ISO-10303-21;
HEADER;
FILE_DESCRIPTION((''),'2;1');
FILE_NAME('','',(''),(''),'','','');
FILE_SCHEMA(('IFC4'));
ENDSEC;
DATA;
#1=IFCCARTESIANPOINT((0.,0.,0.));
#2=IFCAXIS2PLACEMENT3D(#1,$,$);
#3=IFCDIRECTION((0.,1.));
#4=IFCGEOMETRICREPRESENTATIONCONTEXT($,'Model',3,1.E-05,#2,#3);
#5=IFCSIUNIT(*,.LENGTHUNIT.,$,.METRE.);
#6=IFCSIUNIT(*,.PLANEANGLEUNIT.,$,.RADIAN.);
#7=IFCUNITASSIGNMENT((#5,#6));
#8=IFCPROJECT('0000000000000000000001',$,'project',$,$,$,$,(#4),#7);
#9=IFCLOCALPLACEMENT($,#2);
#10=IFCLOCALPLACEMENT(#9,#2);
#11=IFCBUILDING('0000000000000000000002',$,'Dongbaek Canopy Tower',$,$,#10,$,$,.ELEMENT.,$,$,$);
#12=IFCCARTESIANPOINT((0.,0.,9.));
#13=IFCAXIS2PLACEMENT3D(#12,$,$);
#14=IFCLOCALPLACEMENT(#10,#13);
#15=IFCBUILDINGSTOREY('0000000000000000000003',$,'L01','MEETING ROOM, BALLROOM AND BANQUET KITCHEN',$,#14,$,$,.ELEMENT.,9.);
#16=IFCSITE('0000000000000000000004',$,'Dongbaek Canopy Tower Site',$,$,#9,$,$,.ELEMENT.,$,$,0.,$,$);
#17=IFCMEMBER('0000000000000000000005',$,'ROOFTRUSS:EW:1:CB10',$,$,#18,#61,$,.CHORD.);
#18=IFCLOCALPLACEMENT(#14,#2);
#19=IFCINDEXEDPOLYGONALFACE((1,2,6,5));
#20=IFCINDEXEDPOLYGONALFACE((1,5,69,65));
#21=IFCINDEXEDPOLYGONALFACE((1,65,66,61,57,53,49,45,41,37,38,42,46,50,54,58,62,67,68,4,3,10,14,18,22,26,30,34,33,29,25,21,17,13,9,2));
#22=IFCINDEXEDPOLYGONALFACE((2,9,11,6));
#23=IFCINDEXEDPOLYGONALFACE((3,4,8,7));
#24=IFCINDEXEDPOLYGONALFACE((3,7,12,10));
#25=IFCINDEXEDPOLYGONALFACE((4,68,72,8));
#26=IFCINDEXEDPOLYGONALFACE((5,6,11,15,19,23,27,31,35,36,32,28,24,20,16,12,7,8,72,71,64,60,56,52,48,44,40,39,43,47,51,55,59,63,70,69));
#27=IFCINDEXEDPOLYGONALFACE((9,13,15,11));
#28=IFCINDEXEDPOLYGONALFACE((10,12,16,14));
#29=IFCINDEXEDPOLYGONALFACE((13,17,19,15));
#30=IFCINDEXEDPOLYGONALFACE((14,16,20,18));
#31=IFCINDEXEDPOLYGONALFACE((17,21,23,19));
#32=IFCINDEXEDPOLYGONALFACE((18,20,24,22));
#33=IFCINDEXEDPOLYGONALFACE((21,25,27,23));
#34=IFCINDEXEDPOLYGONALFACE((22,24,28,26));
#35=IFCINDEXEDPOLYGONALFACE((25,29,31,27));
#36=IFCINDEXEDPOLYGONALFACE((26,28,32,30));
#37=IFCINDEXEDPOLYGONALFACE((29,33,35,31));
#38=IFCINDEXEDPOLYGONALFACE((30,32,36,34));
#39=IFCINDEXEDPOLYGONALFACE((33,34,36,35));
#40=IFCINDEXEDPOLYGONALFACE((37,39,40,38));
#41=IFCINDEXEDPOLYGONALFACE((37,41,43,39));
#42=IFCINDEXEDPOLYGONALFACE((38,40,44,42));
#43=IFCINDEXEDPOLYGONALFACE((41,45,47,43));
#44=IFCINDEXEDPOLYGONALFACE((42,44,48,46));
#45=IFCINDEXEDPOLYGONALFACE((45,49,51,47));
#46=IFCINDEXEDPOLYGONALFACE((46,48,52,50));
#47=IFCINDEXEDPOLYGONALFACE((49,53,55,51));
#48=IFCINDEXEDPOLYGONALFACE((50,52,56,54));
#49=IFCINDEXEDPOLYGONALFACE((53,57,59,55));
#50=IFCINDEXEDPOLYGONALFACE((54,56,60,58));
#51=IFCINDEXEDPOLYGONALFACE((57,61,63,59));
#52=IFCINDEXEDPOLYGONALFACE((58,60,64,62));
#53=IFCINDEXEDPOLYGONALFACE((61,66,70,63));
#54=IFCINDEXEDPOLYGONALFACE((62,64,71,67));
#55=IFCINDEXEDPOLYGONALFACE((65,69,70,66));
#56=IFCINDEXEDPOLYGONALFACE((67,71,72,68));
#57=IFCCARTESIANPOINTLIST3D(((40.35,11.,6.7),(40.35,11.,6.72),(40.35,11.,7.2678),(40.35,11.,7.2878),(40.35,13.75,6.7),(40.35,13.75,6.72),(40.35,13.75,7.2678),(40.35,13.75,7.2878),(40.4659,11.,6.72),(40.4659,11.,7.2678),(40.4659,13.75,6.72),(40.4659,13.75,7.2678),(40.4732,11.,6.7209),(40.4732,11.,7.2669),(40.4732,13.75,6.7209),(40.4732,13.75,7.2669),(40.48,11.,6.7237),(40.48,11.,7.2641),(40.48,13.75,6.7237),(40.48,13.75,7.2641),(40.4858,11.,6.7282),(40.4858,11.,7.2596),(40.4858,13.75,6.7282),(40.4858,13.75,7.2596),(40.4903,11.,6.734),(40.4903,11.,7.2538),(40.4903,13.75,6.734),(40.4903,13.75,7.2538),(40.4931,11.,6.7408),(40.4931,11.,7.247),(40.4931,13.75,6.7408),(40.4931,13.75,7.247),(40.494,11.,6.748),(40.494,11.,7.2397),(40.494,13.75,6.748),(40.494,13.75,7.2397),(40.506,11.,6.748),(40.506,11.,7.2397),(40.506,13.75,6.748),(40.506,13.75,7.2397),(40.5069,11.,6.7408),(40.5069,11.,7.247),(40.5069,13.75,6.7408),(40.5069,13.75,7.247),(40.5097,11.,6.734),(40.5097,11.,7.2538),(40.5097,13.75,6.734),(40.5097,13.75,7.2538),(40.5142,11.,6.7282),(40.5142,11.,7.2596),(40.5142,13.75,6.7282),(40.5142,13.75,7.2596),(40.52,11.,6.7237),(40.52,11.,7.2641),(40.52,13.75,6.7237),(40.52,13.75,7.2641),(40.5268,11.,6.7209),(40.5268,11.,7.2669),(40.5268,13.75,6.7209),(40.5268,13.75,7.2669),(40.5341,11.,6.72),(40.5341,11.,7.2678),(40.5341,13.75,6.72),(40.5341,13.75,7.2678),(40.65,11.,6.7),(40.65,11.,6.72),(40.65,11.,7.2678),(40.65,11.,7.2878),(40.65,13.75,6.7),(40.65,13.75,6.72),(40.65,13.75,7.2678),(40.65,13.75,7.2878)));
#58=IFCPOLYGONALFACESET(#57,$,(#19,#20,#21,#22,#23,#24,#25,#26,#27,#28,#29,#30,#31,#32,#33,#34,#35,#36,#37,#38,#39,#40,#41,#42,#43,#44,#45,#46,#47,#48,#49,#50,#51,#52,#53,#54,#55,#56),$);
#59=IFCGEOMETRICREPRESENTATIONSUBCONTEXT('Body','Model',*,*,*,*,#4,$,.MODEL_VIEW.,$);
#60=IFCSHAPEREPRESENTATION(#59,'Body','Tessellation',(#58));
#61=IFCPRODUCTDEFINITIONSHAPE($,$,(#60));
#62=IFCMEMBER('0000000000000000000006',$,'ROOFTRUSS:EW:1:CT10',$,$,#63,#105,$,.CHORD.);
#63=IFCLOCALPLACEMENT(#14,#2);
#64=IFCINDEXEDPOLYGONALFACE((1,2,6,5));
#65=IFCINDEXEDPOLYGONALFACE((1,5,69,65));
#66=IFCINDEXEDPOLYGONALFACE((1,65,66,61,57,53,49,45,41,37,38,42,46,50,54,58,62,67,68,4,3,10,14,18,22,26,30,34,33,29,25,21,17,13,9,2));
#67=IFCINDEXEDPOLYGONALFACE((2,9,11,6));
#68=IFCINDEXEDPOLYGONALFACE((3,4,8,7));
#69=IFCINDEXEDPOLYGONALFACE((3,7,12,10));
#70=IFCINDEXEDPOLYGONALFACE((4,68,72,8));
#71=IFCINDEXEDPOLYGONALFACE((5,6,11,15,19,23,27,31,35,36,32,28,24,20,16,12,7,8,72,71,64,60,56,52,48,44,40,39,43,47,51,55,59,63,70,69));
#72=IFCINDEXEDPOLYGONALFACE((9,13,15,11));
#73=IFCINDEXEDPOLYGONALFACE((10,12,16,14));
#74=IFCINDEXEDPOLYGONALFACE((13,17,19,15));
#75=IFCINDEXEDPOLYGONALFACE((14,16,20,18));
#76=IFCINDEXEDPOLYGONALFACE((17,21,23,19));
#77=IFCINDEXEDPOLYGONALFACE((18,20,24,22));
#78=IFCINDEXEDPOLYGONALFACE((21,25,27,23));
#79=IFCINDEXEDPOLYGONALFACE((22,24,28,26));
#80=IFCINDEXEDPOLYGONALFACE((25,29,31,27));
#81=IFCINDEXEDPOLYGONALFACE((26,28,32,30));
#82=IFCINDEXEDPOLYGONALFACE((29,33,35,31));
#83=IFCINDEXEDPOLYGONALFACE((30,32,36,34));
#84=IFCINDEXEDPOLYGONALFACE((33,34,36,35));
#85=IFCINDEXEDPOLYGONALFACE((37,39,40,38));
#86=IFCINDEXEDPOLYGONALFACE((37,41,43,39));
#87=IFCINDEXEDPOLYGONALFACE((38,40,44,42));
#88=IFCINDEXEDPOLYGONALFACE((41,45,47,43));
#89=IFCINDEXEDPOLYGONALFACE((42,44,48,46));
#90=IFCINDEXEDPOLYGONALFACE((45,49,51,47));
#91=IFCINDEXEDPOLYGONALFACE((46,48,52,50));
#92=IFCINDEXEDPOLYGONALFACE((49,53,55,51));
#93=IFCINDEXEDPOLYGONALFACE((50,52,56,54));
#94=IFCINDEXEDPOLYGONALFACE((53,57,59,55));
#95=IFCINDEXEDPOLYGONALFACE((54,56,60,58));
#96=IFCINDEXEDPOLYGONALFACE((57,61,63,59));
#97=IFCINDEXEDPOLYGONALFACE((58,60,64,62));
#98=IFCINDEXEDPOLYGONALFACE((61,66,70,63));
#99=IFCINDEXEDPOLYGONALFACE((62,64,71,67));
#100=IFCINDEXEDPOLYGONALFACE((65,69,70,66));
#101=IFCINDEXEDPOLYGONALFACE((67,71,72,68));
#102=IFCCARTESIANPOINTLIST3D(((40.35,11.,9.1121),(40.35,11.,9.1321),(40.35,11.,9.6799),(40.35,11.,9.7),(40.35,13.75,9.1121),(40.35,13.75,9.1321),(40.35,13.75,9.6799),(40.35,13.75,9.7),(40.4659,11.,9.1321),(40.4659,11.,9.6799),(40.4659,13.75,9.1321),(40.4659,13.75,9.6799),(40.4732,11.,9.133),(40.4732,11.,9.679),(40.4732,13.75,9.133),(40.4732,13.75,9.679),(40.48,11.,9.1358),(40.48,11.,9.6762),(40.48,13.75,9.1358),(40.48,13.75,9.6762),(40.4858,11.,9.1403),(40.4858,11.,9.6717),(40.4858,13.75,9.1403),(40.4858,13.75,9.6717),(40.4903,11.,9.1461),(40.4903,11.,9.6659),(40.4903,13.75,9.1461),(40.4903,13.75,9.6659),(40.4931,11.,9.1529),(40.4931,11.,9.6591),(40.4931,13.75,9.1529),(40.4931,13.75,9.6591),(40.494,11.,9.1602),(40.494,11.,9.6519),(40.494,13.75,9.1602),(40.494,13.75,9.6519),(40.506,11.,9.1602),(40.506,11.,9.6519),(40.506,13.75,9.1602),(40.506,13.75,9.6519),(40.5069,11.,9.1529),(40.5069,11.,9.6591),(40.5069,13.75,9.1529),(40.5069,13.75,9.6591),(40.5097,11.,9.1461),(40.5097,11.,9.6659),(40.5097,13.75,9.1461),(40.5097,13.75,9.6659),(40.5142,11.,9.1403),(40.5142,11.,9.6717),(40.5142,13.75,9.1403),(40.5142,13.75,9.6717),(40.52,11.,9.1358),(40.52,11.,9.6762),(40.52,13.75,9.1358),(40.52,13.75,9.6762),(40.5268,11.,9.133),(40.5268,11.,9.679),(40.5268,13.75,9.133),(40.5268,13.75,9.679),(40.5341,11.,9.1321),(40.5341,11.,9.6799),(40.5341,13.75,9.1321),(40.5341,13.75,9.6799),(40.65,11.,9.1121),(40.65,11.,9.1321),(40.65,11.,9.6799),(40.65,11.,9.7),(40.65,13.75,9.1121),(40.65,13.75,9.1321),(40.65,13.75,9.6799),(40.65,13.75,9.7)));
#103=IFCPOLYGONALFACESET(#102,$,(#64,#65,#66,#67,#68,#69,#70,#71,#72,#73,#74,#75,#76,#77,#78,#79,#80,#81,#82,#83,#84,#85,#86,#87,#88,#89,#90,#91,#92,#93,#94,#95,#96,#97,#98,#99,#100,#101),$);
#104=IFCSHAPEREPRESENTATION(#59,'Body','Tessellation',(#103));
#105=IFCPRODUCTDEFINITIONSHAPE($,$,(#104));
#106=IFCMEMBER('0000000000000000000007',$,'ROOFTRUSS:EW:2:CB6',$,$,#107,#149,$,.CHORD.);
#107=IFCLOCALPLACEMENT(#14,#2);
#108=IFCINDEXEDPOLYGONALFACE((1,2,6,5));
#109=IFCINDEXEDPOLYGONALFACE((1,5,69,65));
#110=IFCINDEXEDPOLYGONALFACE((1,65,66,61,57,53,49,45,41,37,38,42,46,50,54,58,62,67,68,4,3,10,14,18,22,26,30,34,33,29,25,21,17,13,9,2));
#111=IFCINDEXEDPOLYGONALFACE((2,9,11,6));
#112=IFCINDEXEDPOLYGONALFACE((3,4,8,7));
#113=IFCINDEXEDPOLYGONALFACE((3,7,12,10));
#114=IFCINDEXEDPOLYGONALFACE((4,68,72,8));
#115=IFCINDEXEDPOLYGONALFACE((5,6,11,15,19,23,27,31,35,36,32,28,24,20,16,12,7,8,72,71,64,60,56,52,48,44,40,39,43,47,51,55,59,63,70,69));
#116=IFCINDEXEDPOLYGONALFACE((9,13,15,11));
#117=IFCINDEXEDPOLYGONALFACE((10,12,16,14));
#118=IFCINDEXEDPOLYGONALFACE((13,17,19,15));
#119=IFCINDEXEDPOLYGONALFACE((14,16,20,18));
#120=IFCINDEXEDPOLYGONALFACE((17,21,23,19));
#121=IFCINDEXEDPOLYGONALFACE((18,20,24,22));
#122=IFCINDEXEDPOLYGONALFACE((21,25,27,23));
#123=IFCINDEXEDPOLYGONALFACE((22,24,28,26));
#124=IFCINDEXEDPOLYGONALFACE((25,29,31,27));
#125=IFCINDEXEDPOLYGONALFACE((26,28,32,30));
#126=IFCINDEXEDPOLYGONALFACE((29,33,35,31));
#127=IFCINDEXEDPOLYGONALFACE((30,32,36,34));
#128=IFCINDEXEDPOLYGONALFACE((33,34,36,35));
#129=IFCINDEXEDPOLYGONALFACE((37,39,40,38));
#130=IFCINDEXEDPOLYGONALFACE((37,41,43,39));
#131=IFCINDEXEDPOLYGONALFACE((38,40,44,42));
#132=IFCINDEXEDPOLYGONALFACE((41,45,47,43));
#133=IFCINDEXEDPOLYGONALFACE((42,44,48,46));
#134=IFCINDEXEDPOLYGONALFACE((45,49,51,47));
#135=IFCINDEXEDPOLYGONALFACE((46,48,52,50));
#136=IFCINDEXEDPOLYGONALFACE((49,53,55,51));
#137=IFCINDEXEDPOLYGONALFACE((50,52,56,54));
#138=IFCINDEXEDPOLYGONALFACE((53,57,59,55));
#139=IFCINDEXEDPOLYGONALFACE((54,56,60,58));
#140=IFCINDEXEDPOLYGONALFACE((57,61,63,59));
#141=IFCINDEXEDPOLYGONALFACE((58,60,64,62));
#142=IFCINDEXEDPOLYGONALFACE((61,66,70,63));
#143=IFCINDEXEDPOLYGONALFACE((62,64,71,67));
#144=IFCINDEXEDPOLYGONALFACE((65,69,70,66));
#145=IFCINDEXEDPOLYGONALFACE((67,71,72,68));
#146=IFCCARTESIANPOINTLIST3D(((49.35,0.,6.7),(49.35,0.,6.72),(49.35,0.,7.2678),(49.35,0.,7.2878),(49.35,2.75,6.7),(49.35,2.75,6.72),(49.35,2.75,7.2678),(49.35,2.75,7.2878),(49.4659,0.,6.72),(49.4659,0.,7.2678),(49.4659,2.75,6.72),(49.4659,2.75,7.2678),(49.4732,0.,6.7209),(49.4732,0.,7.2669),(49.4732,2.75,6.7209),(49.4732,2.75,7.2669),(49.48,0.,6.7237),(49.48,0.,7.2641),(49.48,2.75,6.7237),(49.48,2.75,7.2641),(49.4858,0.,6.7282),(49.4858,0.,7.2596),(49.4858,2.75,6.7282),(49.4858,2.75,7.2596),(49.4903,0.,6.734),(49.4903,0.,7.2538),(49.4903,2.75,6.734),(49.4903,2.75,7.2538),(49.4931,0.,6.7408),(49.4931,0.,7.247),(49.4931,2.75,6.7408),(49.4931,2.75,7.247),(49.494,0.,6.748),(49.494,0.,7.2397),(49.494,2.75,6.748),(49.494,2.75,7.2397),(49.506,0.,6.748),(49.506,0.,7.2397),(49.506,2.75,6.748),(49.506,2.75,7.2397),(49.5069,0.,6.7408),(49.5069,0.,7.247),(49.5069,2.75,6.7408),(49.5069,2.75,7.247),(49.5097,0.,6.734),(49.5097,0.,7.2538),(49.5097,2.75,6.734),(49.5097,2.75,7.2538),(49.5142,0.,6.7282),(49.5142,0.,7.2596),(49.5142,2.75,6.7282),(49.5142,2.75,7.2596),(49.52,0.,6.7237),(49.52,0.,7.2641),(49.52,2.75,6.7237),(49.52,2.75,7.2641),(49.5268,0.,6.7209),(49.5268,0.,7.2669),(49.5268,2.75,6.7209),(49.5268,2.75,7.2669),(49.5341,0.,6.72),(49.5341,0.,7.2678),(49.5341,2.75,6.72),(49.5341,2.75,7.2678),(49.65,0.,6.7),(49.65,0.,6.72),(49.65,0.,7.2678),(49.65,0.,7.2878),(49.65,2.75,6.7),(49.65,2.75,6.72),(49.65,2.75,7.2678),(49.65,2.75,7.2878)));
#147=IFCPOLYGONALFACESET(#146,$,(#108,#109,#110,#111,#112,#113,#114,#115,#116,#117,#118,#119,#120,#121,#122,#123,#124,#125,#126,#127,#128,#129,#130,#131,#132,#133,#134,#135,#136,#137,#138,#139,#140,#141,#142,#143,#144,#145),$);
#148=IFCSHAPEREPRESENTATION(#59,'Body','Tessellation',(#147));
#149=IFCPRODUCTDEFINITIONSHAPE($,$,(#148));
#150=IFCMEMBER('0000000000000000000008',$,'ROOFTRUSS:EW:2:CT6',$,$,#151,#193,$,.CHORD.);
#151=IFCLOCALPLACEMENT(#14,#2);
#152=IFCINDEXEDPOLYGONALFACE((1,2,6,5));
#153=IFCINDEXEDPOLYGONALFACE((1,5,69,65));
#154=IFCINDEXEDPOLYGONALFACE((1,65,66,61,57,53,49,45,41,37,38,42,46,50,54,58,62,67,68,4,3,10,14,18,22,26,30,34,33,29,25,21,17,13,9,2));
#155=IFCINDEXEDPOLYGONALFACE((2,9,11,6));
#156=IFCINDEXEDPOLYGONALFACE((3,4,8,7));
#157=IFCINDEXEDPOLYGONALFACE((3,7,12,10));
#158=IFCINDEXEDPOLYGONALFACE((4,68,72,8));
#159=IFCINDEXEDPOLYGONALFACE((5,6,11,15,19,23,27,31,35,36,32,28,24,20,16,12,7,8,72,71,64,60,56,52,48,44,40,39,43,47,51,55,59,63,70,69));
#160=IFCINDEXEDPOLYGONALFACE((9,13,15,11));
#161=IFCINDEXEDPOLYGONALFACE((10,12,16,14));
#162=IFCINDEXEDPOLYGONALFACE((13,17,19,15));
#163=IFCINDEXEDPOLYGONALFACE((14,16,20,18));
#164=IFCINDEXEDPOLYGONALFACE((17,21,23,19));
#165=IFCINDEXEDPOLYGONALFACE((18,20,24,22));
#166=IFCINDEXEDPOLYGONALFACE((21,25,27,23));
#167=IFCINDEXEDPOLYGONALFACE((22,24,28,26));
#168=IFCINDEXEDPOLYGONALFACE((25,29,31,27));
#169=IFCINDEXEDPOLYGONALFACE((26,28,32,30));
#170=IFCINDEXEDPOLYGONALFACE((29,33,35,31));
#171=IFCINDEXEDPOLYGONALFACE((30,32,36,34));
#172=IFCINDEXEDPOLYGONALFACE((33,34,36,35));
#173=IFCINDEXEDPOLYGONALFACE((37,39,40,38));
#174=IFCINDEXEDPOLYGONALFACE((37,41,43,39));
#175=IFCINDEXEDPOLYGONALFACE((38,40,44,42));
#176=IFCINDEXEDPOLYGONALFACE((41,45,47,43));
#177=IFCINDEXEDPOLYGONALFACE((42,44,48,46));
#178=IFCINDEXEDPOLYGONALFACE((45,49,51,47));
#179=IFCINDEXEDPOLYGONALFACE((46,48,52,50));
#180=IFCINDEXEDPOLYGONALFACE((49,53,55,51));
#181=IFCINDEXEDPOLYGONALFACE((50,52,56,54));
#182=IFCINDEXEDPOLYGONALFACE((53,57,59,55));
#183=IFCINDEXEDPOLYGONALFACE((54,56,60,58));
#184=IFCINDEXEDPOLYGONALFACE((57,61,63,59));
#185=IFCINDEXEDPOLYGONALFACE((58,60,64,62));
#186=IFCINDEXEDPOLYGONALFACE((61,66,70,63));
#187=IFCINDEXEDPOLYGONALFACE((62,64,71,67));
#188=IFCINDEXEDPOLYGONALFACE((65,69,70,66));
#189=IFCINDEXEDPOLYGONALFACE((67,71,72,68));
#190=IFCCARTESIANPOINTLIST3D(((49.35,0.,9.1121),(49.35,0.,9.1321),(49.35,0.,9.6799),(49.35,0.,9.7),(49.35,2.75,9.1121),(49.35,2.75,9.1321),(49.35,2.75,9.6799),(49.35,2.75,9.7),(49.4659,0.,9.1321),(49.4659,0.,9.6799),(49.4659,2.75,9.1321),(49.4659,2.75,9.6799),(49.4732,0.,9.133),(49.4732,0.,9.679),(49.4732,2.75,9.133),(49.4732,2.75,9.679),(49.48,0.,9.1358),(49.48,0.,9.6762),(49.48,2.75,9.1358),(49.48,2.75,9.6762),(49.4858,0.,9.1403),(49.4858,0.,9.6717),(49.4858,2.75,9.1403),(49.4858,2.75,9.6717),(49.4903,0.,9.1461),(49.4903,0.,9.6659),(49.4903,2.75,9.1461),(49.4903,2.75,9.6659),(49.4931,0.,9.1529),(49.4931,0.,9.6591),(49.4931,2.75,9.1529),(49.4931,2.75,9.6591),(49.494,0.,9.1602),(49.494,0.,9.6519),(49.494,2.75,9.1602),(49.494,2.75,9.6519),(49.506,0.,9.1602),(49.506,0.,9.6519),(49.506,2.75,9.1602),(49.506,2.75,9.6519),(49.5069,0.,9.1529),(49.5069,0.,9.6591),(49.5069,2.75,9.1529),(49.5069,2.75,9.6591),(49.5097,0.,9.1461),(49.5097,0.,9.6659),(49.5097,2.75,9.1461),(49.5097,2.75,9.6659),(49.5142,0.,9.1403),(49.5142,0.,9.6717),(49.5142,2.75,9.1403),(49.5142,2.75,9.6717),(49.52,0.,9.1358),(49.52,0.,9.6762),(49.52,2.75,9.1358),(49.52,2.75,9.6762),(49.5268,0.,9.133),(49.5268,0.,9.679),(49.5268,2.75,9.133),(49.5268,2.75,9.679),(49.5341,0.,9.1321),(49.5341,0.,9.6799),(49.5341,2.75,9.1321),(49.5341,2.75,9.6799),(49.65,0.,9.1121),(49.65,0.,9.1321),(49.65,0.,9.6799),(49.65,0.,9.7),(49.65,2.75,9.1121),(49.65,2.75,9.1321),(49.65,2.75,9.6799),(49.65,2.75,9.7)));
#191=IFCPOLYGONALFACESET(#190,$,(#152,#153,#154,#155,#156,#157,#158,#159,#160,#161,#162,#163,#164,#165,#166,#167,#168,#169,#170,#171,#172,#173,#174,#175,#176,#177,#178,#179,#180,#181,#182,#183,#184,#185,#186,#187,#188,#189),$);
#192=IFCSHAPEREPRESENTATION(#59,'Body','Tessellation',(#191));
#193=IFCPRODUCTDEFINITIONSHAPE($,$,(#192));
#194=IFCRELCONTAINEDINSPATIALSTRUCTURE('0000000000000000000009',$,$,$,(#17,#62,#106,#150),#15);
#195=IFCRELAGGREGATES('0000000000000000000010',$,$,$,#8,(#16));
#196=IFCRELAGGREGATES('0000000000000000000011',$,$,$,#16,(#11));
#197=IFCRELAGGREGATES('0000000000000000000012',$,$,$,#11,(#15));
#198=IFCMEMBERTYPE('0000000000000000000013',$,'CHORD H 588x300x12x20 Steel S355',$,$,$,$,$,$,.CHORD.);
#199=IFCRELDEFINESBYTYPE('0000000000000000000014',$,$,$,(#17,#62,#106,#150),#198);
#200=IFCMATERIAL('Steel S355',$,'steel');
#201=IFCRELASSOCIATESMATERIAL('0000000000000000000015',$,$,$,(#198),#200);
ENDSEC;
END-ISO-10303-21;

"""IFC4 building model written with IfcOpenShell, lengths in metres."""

from ifc_helpers import new_model, si_unit, direction, frame, origin, origin_2d, place, context, subcontext, project, spatial, i_section, extrude, material, material_profile, profile_set, type_object, element, save


model = new_model("IFC4")

# Units and contexts
model_context = context("Model", 3, precision=1e-05, world=origin(), true_north=direction((0.0, 1.0)))
body_context = subcontext(model_context, "Body", "Model", "MODEL_VIEW")
ifc_project = project(units=[si_unit("LENGTHUNIT", "METRE"), si_unit("PLANEANGLEUNIT", "RADIAN")], contexts=[model_context])

# Site, building, storey
site_placement = place(None, origin())
site = spatial("IfcSite", under=ifc_project, at=site_placement, Name="Dongbaek Canopy Tower Site", CompositionType="ELEMENT", RefElevation=0.0)
building_placement = place(site_placement, origin())
building = spatial("IfcBuilding", under=site, at=building_placement, Name="Dongbaek Canopy Tower", CompositionType="ELEMENT")
storey_placement = place(building_placement, frame((0.0, 0.0, 9.0)))
storey = spatial("IfcBuildingStorey", under=building, at=storey_placement, Name="L01", Description="MEETING ROOM, BALLROOM AND BANQUET KITCHEN", CompositionType="ELEMENT", Elevation=9.0)

# Members
ifc_material_1 = material(Name="Steel S355", Category="steel")
ifc_material_profile_1 = material_profile(ifc_material_1, i_section(OverallWidth=0.3, OverallDepth=0.5879, WebThickness=0.012, FlangeThickness=0.02, FilletRadius=0.0281, at=origin_2d()), Name="CHORD H 588x300x12x20 Steel S355")
ifc_profile_set_1 = profile_set([ifc_material_profile_1], Name="Steel S355")
member_type_1 = type_object("IfcMemberType", Name="CHORD H 588x300x12x20 Steel S355", PredefinedType="CHORD", material=ifc_profile_set_1)
for number, where, z_axis, x_axis, name in (
    (1, (40.5, 11.0, 6.9939), (0.0, 1.0, 0.0), (-1.0, 0.0, 0.0), "ROOFTRUSS:EW:1:CB10"),
    (2, (40.5, 11.0, 9.406), (0.0, 1.0, 0.0), (-1.0, 0.0, 0.0), "ROOFTRUSS:EW:1:CT10"),
    (3, (49.5, 0.0, 6.9939), (0.0, 1.0, 0.0), (-1.0, 0.0, 0.0), "ROOFTRUSS:EW:2:CB6"),
    (4, (49.5, 0.0, 9.406), (0.0, 1.0, 0.0), (-1.0, 0.0, 0.0), "ROOFTRUSS:EW:2:CT6"),
):
    element("IfcMember", number, at=place(storey_placement, frame(where, z_axis=z_axis, x_axis=x_axis)), inside=storey, type_object=member_type_1, Name=name, PredefinedType="CHORD", context=body_context, shape_type="SweptSolid", body=[
        extrude(i_section(OverallWidth=0.3, OverallDepth=0.5879, WebThickness=0.012, FlangeThickness=0.02, FilletRadius=0.0281, at=origin_2d()), origin(), (0.0, 0.0, 1.0), 2.75),
    ])

save(model, "model.ifc")
